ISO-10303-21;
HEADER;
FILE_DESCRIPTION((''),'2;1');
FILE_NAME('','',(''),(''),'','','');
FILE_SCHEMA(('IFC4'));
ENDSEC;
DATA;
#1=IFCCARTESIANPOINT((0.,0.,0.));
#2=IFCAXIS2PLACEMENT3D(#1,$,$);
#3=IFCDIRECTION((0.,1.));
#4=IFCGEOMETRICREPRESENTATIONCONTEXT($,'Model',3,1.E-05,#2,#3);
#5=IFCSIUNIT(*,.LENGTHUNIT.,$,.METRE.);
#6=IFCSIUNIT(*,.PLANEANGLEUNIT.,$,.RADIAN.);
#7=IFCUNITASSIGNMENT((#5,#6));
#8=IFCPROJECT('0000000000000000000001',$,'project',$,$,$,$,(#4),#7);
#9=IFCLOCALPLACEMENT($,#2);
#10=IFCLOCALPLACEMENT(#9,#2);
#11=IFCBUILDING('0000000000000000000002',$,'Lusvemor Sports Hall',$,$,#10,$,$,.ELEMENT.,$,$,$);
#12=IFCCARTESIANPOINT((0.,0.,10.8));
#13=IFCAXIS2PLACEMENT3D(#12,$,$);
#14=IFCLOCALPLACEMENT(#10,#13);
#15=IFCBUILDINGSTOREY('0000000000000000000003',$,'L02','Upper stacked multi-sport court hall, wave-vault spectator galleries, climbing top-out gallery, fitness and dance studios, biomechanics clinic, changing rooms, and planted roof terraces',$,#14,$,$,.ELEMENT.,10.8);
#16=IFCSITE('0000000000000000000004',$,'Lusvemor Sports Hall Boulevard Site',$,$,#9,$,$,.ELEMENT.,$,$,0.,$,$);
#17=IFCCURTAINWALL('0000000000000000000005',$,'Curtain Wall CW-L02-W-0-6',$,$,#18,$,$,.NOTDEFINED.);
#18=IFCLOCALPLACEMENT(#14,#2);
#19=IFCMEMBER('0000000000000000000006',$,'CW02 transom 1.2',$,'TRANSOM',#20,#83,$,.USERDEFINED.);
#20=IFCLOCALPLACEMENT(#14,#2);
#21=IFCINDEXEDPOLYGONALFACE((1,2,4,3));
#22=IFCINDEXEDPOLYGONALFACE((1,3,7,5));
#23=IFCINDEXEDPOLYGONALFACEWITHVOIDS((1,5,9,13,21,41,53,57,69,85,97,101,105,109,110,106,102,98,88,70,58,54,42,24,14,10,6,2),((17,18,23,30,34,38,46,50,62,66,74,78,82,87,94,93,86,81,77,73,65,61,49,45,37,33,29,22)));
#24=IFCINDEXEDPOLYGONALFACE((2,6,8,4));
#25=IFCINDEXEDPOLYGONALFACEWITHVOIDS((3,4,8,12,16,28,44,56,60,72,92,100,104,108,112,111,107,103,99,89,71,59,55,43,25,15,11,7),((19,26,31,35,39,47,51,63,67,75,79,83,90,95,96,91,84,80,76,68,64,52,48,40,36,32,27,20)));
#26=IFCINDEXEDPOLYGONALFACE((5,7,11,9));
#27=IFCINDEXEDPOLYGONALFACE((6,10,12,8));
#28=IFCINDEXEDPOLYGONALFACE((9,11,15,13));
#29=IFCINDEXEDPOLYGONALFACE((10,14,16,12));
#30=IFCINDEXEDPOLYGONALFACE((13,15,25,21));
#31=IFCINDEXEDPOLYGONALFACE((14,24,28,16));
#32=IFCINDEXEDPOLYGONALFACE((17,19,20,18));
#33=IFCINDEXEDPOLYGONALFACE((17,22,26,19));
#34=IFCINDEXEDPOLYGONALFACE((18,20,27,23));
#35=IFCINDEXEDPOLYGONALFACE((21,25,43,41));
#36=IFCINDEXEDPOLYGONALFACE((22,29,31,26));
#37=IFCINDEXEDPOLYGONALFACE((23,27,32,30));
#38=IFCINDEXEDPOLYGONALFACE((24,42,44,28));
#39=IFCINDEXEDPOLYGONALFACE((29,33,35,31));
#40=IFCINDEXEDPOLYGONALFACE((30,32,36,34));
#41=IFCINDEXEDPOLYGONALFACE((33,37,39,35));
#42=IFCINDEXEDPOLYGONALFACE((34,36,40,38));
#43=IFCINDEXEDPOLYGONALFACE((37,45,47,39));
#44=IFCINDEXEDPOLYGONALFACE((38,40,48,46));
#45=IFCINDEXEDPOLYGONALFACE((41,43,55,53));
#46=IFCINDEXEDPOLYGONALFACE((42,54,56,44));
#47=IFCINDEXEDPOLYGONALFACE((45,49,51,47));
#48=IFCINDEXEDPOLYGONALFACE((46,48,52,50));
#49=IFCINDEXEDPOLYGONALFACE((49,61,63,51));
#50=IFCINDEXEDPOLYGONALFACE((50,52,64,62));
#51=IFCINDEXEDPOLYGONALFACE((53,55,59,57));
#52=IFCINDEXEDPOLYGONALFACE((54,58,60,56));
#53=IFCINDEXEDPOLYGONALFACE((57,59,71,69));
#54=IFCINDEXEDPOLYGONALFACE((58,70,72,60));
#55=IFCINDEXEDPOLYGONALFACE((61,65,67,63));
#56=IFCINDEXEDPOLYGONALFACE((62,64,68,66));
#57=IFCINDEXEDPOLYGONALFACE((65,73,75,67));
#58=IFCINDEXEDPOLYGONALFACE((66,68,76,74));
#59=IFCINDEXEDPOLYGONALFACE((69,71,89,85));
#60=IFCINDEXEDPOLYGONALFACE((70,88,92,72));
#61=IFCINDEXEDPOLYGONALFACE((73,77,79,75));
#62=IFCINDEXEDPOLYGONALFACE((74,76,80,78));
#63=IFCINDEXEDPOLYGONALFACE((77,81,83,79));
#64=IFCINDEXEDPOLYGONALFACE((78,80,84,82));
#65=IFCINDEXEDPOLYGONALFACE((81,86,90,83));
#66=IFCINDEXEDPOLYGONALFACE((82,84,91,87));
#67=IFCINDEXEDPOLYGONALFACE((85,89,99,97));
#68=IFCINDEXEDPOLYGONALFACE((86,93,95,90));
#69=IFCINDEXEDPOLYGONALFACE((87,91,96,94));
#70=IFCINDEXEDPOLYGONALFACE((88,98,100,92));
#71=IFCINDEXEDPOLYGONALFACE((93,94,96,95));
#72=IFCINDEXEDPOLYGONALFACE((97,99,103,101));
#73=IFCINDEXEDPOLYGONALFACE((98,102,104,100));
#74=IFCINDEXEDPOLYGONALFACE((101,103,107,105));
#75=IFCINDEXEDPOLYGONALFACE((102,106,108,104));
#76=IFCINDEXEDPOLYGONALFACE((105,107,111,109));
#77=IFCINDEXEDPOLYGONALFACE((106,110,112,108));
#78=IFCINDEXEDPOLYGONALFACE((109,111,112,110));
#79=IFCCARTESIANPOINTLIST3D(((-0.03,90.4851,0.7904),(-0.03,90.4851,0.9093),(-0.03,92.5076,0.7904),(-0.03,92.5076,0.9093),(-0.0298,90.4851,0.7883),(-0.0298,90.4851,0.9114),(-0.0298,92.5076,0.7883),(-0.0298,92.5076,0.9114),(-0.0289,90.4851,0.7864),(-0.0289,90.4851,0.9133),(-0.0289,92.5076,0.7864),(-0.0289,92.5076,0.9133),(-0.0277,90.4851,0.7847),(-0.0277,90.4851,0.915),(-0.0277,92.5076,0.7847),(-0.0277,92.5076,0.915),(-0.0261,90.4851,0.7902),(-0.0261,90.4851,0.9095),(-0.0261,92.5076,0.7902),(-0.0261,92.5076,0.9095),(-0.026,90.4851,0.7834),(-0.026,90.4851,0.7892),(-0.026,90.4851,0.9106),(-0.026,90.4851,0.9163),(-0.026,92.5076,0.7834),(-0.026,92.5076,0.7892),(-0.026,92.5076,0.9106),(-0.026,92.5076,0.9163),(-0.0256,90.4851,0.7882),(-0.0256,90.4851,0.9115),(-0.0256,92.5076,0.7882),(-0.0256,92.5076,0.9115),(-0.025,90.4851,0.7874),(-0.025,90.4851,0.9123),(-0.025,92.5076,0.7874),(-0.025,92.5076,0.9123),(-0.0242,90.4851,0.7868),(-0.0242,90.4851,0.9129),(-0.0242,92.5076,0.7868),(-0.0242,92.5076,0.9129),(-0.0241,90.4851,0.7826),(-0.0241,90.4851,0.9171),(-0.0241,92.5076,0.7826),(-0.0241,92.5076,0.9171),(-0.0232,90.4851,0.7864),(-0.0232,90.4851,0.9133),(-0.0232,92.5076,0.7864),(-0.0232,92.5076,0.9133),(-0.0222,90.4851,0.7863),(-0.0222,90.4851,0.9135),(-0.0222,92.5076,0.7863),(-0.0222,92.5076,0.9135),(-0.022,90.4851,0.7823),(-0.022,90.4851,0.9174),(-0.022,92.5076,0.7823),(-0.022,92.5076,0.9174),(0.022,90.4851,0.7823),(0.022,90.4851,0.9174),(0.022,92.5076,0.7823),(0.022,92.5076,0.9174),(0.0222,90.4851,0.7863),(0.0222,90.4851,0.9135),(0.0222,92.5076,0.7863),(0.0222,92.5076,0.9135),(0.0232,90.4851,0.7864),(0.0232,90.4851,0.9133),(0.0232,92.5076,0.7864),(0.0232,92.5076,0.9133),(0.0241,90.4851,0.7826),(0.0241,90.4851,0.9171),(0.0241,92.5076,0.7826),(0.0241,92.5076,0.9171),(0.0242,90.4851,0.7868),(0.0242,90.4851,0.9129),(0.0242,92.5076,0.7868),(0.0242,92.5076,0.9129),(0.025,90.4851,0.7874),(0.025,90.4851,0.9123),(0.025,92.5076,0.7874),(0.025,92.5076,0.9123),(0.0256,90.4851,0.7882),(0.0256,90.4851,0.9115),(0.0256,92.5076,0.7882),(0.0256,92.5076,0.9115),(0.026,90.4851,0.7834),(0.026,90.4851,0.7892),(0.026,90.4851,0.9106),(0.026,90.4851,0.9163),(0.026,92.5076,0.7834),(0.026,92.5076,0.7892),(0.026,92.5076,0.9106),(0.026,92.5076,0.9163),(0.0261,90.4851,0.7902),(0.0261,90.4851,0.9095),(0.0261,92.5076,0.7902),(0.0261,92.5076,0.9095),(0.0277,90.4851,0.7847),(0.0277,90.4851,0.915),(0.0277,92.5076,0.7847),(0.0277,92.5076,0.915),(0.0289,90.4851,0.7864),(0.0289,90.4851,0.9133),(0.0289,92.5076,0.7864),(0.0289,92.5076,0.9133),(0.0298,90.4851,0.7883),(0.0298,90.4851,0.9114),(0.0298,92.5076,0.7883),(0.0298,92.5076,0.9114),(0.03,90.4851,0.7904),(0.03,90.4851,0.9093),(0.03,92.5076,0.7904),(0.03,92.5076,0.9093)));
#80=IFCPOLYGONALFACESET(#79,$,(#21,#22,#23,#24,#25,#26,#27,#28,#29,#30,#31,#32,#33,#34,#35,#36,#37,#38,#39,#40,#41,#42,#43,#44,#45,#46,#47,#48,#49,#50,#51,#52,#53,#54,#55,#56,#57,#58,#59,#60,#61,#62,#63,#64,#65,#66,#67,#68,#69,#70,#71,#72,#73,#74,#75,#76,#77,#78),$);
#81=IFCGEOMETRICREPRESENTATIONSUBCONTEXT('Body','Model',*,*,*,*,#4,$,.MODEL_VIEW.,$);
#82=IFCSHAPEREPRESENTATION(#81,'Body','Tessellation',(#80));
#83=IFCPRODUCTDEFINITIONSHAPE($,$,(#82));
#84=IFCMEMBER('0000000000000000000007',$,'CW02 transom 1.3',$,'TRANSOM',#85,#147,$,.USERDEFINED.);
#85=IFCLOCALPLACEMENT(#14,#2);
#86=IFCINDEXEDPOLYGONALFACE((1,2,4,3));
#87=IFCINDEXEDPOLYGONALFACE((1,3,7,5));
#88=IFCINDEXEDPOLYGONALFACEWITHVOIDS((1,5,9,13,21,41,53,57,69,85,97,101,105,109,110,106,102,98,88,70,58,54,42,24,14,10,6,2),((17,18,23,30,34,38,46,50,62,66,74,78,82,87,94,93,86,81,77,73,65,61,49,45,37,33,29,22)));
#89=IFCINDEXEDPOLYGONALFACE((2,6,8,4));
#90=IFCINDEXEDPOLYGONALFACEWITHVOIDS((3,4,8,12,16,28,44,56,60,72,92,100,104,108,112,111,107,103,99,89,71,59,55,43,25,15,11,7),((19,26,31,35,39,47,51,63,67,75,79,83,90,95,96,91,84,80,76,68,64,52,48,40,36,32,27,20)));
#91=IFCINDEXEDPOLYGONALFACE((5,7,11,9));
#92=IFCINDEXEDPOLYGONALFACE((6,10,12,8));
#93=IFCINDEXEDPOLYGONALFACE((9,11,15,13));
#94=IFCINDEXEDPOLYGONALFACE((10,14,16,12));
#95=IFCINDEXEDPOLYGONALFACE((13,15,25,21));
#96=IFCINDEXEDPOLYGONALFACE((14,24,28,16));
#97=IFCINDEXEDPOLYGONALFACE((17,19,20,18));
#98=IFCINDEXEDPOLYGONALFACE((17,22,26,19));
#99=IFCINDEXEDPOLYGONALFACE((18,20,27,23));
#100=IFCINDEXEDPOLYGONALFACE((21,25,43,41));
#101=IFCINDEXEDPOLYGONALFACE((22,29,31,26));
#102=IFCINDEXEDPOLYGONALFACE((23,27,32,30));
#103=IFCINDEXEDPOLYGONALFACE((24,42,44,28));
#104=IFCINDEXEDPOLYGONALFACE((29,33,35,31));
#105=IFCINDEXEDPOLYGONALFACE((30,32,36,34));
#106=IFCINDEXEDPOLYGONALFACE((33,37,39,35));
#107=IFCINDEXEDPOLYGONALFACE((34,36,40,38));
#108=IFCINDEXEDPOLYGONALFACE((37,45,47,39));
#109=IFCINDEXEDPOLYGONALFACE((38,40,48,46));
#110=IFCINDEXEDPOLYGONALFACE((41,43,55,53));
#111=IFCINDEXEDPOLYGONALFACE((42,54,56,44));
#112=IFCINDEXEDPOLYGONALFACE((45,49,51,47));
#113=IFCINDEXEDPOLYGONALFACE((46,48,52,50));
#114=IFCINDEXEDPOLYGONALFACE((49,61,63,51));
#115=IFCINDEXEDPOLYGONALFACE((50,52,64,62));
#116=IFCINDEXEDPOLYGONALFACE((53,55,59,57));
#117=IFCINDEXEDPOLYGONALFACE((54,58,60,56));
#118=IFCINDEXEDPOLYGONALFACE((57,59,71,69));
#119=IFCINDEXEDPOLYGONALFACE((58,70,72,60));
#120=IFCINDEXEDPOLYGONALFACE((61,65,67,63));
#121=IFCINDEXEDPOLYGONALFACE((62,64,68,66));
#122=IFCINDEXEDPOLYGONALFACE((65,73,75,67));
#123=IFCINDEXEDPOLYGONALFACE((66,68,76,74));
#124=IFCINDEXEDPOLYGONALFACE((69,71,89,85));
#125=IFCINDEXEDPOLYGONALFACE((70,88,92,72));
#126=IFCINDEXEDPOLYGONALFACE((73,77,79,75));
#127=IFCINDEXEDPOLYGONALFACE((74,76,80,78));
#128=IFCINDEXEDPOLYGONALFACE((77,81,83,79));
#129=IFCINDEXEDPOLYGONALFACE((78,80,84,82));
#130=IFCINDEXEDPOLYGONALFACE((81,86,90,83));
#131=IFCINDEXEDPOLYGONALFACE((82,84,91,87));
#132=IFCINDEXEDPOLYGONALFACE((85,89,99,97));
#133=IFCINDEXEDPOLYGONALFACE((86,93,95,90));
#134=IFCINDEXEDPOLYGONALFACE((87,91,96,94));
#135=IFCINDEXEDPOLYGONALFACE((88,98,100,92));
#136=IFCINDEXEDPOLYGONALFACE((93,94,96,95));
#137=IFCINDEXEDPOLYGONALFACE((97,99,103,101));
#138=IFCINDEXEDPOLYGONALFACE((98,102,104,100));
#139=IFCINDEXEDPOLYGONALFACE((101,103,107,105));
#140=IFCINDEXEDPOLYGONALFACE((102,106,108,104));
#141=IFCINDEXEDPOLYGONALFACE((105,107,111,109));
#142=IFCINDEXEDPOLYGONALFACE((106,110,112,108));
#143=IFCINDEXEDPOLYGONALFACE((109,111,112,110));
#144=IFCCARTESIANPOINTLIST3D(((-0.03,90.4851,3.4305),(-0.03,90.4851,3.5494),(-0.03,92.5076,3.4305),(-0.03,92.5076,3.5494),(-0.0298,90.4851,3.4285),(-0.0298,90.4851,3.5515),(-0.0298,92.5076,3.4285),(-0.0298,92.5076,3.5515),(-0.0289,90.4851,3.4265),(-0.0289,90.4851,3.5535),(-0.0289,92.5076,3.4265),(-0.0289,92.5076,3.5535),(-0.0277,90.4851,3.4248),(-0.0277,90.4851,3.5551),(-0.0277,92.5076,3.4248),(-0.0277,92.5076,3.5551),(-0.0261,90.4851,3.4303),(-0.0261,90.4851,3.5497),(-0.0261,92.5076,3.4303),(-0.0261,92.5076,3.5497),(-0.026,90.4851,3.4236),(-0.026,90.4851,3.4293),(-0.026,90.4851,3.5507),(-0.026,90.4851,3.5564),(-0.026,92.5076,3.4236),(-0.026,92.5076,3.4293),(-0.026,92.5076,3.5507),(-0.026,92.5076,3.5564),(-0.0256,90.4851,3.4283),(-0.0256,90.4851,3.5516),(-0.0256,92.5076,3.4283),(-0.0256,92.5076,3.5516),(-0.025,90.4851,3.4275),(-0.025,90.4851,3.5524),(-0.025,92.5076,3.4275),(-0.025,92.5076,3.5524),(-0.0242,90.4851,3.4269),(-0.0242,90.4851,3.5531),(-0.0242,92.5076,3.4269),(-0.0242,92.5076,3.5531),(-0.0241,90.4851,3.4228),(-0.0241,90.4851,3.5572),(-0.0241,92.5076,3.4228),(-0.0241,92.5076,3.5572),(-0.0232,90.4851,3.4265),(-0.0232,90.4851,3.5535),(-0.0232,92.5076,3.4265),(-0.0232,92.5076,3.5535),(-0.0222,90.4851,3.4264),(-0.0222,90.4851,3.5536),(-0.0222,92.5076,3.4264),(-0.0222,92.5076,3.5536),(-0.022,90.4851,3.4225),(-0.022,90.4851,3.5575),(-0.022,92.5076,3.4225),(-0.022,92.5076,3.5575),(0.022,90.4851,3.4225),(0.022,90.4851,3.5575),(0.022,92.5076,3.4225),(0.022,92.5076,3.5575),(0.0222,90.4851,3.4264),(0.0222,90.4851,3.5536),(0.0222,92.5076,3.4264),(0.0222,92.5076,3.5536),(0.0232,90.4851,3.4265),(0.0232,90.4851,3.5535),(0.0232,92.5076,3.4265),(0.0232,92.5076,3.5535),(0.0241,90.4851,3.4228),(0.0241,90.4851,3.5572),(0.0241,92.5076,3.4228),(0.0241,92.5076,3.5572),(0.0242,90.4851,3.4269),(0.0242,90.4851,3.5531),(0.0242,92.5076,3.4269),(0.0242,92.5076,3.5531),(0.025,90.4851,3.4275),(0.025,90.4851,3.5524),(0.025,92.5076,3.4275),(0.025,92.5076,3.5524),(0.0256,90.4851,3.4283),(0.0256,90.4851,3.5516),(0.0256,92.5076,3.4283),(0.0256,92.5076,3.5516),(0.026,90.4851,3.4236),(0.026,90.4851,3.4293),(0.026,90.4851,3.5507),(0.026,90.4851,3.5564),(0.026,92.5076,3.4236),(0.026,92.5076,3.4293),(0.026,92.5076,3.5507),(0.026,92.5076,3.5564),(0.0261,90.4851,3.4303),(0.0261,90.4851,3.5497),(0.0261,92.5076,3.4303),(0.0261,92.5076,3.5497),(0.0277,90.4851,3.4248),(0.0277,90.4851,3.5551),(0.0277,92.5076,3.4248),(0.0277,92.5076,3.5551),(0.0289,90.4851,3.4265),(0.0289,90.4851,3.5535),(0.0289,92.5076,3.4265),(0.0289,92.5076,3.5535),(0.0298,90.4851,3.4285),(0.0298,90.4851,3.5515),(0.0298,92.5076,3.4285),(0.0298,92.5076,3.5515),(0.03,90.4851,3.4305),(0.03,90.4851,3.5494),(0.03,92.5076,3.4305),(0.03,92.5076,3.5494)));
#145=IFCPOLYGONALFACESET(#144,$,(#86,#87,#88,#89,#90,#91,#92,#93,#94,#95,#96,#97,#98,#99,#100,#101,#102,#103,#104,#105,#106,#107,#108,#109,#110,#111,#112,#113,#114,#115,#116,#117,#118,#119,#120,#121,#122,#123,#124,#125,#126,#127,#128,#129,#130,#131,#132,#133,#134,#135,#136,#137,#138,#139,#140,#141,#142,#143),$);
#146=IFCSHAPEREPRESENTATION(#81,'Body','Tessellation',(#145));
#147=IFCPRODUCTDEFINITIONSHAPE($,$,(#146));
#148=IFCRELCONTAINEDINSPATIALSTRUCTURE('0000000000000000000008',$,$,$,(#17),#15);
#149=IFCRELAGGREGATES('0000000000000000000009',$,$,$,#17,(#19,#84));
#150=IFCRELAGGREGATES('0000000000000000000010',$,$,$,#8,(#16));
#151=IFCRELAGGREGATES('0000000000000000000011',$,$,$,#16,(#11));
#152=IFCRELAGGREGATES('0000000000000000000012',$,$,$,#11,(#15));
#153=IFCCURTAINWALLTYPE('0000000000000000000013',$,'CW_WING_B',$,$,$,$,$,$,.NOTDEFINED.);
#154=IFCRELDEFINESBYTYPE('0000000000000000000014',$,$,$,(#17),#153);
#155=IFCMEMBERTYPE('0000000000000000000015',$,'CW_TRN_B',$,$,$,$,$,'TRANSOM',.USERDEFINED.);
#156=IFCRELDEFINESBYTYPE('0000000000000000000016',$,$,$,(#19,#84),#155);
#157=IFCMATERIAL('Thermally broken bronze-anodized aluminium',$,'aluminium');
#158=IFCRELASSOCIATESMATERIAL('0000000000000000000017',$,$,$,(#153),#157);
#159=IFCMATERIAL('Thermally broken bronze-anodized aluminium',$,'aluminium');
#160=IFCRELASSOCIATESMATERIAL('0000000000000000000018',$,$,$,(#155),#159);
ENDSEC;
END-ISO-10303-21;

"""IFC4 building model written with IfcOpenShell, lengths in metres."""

from ifc_helpers import new_model, si_unit, direction, frame, origin, origin_2d, place, context, subcontext, project, spatial, hollow_rectangle, extrude, material, material_profile, profile_set, type_object, element, aggregate, save


model = new_model("IFC4")

# Units and contexts
model_context = context("Model", 3, precision=1e-05, world=origin(), true_north=direction((0.0, 1.0)))
body_context = subcontext(model_context, "Body", "Model", "MODEL_VIEW")
ifc_project = project(units=[si_unit("LENGTHUNIT", "METRE"), si_unit("PLANEANGLEUNIT", "RADIAN")], contexts=[model_context])

# Site, building, storey
site_placement = place(None, origin())
site = spatial("IfcSite", under=ifc_project, at=site_placement, Name="Lusvemor Sports Hall Boulevard Site", CompositionType="ELEMENT", RefElevation=0.0)
building_placement = place(site_placement, origin())
building = spatial("IfcBuilding", under=site, at=building_placement, Name="Lusvemor Sports Hall", CompositionType="ELEMENT")
storey_placement = place(building_placement, frame((0.0, 0.0, 10.8)))
storey = spatial("IfcBuildingStorey", under=building, at=storey_placement, Name="L02", Description="Upper stacked multi-sport court hall, wave-vault spectator galleries, climbing top-out gallery, fitness and dance studios, biomechanics clinic, changing rooms, and planted roof terraces", CompositionType="ELEMENT", Elevation=10.8)

# Curtain wall, members
ifc_material_1 = material(Name="Thermally broken bronze-anodized aluminium", Category="aluminium")
curtain_wall_type = type_object("IfcCurtainWallType", Name="CW_WING_B", PredefinedType="NOTDEFINED", material=ifc_material_1)
curtain_wall_placement = place(storey_placement, origin())
curtain_wall = element("IfcCurtainWall", 1, at=curtain_wall_placement, inside=storey, type_object=curtain_wall_type, Name="Curtain Wall CW-L02-W-0-6", PredefinedType="NOTDEFINED")
ifc_material_2 = material(Name="Thermally broken bronze-anodized aluminium", Category="aluminium")
ifc_material_profile_1 = material_profile(ifc_material_2, hollow_rectangle(XDim=0.0601, YDim=0.135, WallThickness=0.0039, InnerFilletRadius=0.0039, OuterFilletRadius=0.0081, at=origin_2d()), Name="CWTRN135x60x4")
ifc_profile_set_1 = profile_set([ifc_material_profile_1], Name="Thermally broken bronze-anodized aluminium")
member_type_1 = type_object("IfcMemberType", Name="CW_TRN_B", ElementType="TRANSOM", PredefinedType="USERDEFINED", material=ifc_profile_set_1)
member_1_placement = place(storey_placement, frame((0.0, 90.4851, 0.8499), z_axis=(0.0, 1.0, 0.0), x_axis=(-1.0, 0.0, 0.0)))
member_1 = element("IfcMember", 2, at=member_1_placement, type_object=member_type_1, Name="CW02 transom 1.2", ObjectType="TRANSOM", PredefinedType="USERDEFINED", context=body_context, shape_type="SweptSolid", body=[
    extrude(hollow_rectangle(XDim=0.0601, YDim=0.135, WallThickness=0.0039, InnerFilletRadius=0.0039, OuterFilletRadius=0.0081, at=origin_2d()), origin(), (0.0, 0.0, 1.0), 2.0225),
])
member_2_placement = place(storey_placement, frame((0.0, 90.4851, 3.49), z_axis=(0.0, 1.0, 0.0), x_axis=(-1.0, 0.0, 0.0)))
member_2 = element("IfcMember", 3, at=member_2_placement, type_object=member_type_1, Name="CW02 transom 1.3", ObjectType="TRANSOM", PredefinedType="USERDEFINED", context=body_context, shape_type="SweptSolid", body=[
    extrude(hollow_rectangle(XDim=0.0601, YDim=0.135, WallThickness=0.0039, InnerFilletRadius=0.0039, OuterFilletRadius=0.0081, at=origin_2d()), origin(), (0.0, 0.0, 1.0), 2.0225),
])

aggregate(curtain_wall, [member_1, member_2])

save(model, "model.ifc")
